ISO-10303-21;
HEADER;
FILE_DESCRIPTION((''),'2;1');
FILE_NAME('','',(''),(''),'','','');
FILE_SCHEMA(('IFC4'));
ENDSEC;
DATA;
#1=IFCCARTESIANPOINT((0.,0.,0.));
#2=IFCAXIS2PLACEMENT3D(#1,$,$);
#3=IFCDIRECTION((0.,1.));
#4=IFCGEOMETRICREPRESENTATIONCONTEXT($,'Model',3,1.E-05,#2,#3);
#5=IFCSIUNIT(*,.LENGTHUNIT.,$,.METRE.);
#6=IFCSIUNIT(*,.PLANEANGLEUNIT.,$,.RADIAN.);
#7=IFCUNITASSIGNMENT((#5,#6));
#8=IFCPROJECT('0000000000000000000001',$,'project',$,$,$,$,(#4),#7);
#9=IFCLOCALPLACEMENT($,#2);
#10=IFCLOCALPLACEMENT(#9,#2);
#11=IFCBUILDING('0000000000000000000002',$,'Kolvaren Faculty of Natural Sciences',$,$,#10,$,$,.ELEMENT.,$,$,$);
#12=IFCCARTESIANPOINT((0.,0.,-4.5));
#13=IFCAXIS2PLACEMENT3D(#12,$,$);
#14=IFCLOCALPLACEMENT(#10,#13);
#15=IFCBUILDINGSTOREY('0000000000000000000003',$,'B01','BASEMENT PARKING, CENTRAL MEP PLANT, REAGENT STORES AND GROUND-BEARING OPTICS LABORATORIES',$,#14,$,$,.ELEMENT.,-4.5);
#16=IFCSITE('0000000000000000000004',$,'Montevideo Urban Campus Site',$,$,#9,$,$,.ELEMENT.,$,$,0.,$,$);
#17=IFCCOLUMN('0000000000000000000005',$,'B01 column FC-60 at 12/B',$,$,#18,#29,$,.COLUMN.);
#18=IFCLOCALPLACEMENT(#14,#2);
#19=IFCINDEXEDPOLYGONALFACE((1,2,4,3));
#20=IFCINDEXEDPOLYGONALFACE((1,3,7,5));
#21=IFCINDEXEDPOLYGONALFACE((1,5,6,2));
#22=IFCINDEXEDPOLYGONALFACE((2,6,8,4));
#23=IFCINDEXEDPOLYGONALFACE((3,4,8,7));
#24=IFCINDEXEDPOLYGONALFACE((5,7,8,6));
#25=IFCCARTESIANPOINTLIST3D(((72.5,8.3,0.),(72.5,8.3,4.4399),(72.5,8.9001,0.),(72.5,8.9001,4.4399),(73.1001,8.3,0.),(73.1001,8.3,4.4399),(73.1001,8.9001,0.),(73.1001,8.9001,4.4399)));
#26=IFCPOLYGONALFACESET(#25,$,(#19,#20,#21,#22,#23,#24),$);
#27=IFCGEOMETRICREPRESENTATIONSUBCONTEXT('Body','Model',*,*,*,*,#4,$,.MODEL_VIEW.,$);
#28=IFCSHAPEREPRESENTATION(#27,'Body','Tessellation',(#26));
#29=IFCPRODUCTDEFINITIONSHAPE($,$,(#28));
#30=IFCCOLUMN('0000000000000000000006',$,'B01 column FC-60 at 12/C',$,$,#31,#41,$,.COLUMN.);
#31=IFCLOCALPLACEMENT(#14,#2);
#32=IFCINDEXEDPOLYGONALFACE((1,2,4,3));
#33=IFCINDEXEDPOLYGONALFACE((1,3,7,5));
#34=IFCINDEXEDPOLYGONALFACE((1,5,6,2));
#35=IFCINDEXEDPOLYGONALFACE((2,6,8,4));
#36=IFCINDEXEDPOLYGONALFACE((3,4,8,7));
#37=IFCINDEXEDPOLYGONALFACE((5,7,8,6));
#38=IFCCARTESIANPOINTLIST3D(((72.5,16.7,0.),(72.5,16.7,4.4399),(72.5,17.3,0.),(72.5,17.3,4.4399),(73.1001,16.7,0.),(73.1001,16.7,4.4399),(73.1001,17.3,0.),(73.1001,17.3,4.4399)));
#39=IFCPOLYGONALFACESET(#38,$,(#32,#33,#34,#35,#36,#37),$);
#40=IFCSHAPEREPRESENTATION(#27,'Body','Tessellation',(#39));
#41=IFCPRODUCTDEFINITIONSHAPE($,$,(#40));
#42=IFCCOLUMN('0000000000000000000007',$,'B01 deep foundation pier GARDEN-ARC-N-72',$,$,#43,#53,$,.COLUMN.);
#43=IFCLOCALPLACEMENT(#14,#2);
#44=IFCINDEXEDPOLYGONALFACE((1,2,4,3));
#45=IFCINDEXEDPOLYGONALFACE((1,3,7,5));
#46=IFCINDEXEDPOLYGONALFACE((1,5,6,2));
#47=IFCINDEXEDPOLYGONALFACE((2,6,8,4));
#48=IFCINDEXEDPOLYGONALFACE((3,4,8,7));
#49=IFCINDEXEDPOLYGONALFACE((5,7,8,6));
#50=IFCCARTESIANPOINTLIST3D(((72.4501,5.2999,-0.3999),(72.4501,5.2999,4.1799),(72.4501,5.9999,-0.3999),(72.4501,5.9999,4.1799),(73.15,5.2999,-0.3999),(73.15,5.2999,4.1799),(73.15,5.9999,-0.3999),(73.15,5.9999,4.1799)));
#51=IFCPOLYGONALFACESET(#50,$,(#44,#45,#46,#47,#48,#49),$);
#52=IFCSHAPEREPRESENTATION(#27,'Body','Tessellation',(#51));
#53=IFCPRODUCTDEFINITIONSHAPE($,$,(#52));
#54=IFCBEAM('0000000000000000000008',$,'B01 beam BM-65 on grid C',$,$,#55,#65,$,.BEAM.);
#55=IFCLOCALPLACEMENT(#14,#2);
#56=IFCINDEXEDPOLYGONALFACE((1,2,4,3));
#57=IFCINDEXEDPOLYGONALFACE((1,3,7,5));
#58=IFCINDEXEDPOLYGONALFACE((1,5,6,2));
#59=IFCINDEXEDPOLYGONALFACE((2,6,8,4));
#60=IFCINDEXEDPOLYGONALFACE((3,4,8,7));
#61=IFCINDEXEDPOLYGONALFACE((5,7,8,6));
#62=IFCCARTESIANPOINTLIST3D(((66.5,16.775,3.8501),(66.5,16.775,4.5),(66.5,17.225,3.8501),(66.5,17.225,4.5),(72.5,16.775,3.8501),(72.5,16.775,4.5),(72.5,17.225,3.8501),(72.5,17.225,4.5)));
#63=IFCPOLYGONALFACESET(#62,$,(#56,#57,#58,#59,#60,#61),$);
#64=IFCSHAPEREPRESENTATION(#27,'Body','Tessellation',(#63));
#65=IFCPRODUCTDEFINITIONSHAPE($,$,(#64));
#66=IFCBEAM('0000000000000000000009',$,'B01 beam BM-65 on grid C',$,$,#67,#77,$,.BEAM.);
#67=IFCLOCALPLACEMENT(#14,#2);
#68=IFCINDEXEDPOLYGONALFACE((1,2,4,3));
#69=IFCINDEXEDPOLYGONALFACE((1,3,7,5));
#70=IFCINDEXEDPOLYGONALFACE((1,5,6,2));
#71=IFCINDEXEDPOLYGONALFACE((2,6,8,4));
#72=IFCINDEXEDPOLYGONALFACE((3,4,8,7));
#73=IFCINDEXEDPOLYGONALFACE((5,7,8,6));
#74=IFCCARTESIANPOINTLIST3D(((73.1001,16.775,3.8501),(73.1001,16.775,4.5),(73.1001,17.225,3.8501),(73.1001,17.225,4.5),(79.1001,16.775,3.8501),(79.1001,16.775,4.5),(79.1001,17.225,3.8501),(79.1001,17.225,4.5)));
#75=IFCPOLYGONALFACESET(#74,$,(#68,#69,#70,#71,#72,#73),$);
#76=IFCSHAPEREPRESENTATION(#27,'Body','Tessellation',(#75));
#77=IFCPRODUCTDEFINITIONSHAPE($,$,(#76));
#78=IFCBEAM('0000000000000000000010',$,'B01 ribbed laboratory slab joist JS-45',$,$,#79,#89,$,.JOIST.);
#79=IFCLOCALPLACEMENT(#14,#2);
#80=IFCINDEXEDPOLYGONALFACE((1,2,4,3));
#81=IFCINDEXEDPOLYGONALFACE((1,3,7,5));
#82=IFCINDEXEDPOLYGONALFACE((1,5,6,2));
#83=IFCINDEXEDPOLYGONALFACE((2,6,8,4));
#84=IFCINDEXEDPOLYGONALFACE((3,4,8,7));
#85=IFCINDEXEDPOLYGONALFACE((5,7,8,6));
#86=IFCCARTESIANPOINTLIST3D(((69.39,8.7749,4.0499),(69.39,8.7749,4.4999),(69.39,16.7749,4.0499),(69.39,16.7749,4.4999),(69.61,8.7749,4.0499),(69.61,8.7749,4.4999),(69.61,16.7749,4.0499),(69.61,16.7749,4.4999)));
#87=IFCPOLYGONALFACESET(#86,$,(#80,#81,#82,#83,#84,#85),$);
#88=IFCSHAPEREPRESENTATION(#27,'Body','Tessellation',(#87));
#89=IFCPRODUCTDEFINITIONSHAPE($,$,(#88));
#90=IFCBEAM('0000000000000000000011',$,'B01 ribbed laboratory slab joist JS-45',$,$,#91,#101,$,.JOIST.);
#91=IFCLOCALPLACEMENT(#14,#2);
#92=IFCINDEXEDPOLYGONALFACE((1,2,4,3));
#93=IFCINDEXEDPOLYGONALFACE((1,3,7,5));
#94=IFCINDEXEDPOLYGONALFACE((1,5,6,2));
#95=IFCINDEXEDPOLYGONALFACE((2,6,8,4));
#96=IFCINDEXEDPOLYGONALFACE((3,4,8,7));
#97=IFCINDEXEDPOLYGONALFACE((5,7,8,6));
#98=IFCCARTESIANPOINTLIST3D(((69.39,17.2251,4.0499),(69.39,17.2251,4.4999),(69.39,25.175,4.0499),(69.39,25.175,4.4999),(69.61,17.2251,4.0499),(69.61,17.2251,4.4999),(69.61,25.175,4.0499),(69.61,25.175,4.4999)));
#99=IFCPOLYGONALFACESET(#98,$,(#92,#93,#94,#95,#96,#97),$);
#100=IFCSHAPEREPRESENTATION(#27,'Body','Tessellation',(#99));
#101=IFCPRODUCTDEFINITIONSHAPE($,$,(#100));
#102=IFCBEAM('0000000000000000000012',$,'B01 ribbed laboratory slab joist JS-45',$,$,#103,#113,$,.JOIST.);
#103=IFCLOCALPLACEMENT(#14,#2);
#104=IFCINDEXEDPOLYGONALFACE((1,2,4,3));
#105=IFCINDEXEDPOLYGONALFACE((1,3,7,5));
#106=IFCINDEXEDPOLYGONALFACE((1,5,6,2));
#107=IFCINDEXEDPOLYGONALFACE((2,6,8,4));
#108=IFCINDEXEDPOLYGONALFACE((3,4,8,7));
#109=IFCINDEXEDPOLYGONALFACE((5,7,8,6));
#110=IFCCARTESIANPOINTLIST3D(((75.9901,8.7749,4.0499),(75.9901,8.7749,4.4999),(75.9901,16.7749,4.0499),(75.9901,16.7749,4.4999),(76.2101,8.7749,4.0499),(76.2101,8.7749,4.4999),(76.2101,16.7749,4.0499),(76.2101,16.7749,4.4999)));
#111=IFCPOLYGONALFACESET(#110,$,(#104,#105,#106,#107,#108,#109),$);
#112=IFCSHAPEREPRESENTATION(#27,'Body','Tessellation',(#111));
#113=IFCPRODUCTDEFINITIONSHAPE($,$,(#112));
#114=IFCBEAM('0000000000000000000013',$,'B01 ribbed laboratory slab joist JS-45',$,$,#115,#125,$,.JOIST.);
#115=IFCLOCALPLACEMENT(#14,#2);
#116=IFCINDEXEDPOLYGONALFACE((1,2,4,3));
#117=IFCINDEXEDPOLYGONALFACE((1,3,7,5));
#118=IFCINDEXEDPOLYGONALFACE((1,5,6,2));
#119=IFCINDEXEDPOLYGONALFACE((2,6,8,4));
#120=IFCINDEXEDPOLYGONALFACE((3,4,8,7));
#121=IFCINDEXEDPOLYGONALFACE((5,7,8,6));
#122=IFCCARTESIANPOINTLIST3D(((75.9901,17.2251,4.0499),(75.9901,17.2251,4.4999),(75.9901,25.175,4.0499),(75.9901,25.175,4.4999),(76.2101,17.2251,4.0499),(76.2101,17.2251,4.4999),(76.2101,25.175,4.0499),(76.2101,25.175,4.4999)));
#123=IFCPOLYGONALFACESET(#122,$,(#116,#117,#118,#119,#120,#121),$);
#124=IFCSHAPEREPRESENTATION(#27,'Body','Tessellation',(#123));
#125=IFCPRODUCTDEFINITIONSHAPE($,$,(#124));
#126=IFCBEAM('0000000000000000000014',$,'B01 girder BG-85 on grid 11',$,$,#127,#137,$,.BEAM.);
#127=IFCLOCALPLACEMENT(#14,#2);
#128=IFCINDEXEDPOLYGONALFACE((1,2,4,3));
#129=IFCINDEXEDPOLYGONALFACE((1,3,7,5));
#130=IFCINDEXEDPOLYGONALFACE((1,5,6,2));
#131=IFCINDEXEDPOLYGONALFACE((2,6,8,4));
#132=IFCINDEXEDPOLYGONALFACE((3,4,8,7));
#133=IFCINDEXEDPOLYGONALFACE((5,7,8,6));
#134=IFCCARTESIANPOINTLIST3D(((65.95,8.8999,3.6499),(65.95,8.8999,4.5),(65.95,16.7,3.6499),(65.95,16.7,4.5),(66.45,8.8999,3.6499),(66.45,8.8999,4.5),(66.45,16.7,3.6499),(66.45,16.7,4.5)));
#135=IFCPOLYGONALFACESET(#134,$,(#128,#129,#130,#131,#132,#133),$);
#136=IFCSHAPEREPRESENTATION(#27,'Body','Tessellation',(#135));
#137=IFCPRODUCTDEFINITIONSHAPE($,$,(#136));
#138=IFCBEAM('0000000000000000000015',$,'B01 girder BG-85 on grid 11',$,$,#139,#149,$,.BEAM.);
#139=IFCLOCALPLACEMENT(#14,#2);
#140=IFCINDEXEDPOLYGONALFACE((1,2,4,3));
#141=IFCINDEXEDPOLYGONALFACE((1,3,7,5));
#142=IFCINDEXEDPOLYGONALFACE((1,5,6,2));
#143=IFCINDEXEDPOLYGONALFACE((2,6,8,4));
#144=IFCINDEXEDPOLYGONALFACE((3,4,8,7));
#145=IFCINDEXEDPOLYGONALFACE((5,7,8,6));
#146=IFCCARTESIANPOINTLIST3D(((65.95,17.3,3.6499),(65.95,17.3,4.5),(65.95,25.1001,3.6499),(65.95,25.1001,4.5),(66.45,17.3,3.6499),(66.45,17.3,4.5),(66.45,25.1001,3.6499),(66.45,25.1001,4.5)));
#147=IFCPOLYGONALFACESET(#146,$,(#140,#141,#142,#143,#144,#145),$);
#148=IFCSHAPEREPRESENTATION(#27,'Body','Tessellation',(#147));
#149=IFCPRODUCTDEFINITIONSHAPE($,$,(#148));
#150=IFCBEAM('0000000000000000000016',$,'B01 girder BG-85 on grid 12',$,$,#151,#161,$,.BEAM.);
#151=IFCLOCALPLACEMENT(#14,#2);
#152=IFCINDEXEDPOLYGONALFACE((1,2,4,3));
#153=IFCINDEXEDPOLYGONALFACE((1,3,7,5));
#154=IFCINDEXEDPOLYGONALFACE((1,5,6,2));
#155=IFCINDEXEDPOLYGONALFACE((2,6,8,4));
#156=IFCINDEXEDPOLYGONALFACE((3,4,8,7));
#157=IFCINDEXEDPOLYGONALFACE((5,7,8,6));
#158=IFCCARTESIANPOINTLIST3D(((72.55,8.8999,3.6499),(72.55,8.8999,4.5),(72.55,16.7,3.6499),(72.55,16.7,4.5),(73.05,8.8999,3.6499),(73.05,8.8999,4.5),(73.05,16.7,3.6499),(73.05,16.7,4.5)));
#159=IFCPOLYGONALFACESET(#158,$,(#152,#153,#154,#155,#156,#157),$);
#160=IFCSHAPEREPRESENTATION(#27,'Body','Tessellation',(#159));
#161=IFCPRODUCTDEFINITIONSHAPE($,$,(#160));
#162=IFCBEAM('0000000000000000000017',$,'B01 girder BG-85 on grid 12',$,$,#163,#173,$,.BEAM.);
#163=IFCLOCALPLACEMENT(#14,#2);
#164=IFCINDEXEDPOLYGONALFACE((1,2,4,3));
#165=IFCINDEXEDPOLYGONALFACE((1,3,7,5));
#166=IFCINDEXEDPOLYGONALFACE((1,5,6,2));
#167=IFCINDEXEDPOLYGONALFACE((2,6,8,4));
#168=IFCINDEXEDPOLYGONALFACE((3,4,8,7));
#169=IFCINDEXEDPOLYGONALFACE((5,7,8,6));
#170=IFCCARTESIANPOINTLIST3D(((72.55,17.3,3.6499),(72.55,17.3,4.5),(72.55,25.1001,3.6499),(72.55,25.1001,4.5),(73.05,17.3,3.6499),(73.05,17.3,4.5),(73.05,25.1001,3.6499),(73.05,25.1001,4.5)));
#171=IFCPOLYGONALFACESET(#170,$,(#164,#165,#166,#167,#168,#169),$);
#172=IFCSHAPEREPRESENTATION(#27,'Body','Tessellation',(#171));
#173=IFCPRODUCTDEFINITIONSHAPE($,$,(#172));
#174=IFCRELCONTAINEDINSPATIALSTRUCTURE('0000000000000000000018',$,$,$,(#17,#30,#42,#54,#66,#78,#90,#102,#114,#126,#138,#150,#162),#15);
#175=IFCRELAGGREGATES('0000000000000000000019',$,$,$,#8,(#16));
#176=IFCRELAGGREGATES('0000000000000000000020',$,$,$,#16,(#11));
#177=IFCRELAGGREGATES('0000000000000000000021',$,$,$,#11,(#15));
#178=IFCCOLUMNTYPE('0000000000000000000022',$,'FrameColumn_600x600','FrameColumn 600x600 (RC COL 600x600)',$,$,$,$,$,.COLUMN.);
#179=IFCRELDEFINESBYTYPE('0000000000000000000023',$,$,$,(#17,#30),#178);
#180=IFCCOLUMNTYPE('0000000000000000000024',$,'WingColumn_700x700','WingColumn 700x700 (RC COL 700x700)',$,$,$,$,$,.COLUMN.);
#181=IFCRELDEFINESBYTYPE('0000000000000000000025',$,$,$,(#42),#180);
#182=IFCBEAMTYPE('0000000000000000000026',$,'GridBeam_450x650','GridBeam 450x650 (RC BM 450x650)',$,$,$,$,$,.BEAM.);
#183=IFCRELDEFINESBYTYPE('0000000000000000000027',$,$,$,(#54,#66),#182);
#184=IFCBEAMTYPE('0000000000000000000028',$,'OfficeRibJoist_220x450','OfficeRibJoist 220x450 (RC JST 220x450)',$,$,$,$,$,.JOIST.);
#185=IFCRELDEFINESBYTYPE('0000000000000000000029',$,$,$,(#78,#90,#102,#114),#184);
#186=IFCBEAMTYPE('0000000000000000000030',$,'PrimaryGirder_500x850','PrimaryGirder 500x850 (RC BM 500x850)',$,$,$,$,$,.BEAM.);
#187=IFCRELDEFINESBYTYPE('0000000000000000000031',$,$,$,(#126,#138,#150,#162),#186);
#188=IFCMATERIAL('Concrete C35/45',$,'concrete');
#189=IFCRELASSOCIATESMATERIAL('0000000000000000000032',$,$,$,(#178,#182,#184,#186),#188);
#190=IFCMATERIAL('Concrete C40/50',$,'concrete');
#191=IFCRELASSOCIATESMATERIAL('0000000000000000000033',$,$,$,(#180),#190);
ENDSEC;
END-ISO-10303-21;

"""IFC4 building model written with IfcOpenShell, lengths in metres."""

from ifc_helpers import new_model, si_unit, direction, frame, origin, origin_2d, place, context, subcontext, project, spatial, rectangle, extrude, material, material_profile, profile_set, type_object, element, save


model = new_model("IFC4")

# Units and contexts
model_context = context("Model", 3, precision=1e-05, world=origin(), true_north=direction((0.0, 1.0)))
body_context = subcontext(model_context, "Body", "Model", "MODEL_VIEW")
ifc_project = project(units=[si_unit("LENGTHUNIT", "METRE"), si_unit("PLANEANGLEUNIT", "RADIAN")], contexts=[model_context])

# Site, building, storey
site_placement = place(None, origin())
site = spatial("IfcSite", under=ifc_project, at=site_placement, Name="Montevideo Urban Campus Site", CompositionType="ELEMENT", RefElevation=0.0)
building_placement = place(site_placement, origin())
building = spatial("IfcBuilding", under=site, at=building_placement, Name="Kolvaren Faculty of Natural Sciences", CompositionType="ELEMENT")
storey_placement = place(building_placement, frame((0.0, 0.0, -4.5)))
storey = spatial("IfcBuildingStorey", under=building, at=storey_placement, Name="B01", Description="BASEMENT PARKING, CENTRAL MEP PLANT, REAGENT STORES AND GROUND-BEARING OPTICS LABORATORIES", CompositionType="ELEMENT", Elevation=-4.5)

# Shared definitions
ifc_material_1 = material(Name="Concrete C35/45", Category="concrete")

# Columns
ifc_material_profile_1 = material_profile(ifc_material_1, rectangle(XDim=0.6001, YDim=0.6001, at=origin_2d()), Name="RC COL 600x600")
ifc_profile_set_1 = profile_set([ifc_material_profile_1], Name="Concrete C35/45")
column_type_1 = type_object("IfcColumnType", Name="FrameColumn_600x600", Description="FrameColumn 600x600 (RC COL 600x600)", PredefinedType="COLUMN", material=ifc_profile_set_1)
for number, where, z_axis, x_axis, name in (
    (1, (72.8, 8.6001, 0.0), (0.0, 0.0, 1.0), (1.0, 0.0, 0.0), "B01 column FC-60 at 12/B"),
    (2, (72.8, 17.0, 0.0), (0.0, 0.0, 1.0), (1.0, 0.0, 0.0), "B01 column FC-60 at 12/C"),
):
    element("IfcColumn", number, at=place(storey_placement, frame(where, z_axis=z_axis, x_axis=x_axis)), inside=storey, type_object=column_type_1, Name=name, PredefinedType="COLUMN", context=body_context, shape_type="SweptSolid", body=[
        extrude(rectangle(XDim=0.6001, YDim=0.6001, at=origin_2d()), origin(), (0.0, 0.0, 1.0), 4.4399),
    ])
ifc_material_2 = material(Name="Concrete C40/50", Category="concrete")
ifc_material_profile_2 = material_profile(ifc_material_2, rectangle(XDim=0.7, YDim=0.7, at=origin_2d()), Name="RC COL 700x700")
ifc_profile_set_2 = profile_set([ifc_material_profile_2], Name="Concrete C40/50")
column_type_2 = type_object("IfcColumnType", Name="WingColumn_700x700", Description="WingColumn 700x700 (RC COL 700x700)", PredefinedType="COLUMN", material=ifc_profile_set_2)
column_placement = place(storey_placement, frame((72.8, 5.6499, -0.3999), z_axis=(0.0, 0.0, 1.0), x_axis=(1.0, 0.0, 0.0)))
element("IfcColumn", 3, at=column_placement, inside=storey, type_object=column_type_2, Name="B01 deep foundation pier GARDEN-ARC-N-72", PredefinedType="COLUMN", context=body_context, shape_type="SweptSolid", body=[
    extrude(rectangle(XDim=0.7, YDim=0.7, at=origin_2d()), origin(), (0.0, 0.0, 1.0), 4.5798),
])

# Beams
ifc_material_profile_3 = material_profile(ifc_material_1, rectangle(XDim=0.45, YDim=0.6499, at=origin_2d()), Name="RC BM 450x650")
ifc_profile_set_3 = profile_set([ifc_material_profile_3], Name="Concrete C35/45")
beam_type_1 = type_object("IfcBeamType", Name="GridBeam_450x650", Description="GridBeam 450x650 (RC BM 450x650)", PredefinedType="BEAM", material=ifc_profile_set_3)
for number, where, z_axis, x_axis, name in (
    (4, (66.5, 17.0, 4.175), (1.0, 0.0, 0.0), (0.0, 1.0, 0.0), "B01 beam BM-65 on grid C"),
    (5, (73.1001, 17.0, 4.175), (1.0, 0.0, 0.0), (0.0, 1.0, 0.0), "B01 beam BM-65 on grid C"),
):
    element("IfcBeam", number, at=place(storey_placement, frame(where, z_axis=z_axis, x_axis=x_axis)), inside=storey, type_object=beam_type_1, Name=name, PredefinedType="BEAM", context=body_context, shape_type="SweptSolid", body=[
        extrude(rectangle(XDim=0.45, YDim=0.6499, at=origin_2d()), origin(), (0.0, 0.0, 1.0), 6.0),
    ])
ifc_material_profile_4 = material_profile(ifc_material_1, rectangle(XDim=0.22, YDim=0.45, at=origin_2d()), Name="RC JST 220x450")
ifc_profile_set_4 = profile_set([ifc_material_profile_4], Name="Concrete C35/45")
beam_type_2 = type_object("IfcBeamType", Name="OfficeRibJoist_220x450", Description="OfficeRibJoist 220x450 (RC JST 220x450)", PredefinedType="JOIST", material=ifc_profile_set_4)
beam_1_placement = place(storey_placement, frame((69.5, 8.7749, 4.2749), z_axis=(0.0, 1.0, 0.0), x_axis=(-1.0, 0.0, 0.0)))
element("IfcBeam", 6, at=beam_1_placement, inside=storey, type_object=beam_type_2, Name="B01 ribbed laboratory slab joist JS-45", PredefinedType="JOIST", context=body_context, shape_type="SweptSolid", body=[
    extrude(rectangle(XDim=0.22, YDim=0.45, at=origin_2d()), origin(), (0.0, 0.0, 1.0), 8.0),
])
beam_2_placement = place(storey_placement, frame((69.5, 17.2251, 4.2749), z_axis=(0.0, 1.0, 0.0), x_axis=(-1.0, 0.0, 0.0)))
element("IfcBeam", 7, at=beam_2_placement, inside=storey, type_object=beam_type_2, Name="B01 ribbed laboratory slab joist JS-45", PredefinedType="JOIST", context=body_context, shape_type="SweptSolid", body=[
    extrude(rectangle(XDim=0.22, YDim=0.45, at=origin_2d()), origin(), (0.0, 0.0, 1.0), 7.95),
])
beam_3_placement = place(storey_placement, frame((76.1001, 8.7749, 4.2749), z_axis=(0.0, 1.0, 0.0), x_axis=(-1.0, 0.0, 0.0)))
element("IfcBeam", 8, at=beam_3_placement, inside=storey, type_object=beam_type_2, Name="B01 ribbed laboratory slab joist JS-45", PredefinedType="JOIST", context=body_context, shape_type="SweptSolid", body=[
    extrude(rectangle(XDim=0.22, YDim=0.45, at=origin_2d()), origin(), (0.0, 0.0, 1.0), 8.0),
])
beam_4_placement = place(storey_placement, frame((76.1001, 17.2251, 4.2749), z_axis=(0.0, 1.0, 0.0), x_axis=(-1.0, 0.0, 0.0)))
element("IfcBeam", 9, at=beam_4_placement, inside=storey, type_object=beam_type_2, Name="B01 ribbed laboratory slab joist JS-45", PredefinedType="JOIST", context=body_context, shape_type="SweptSolid", body=[
    extrude(rectangle(XDim=0.22, YDim=0.45, at=origin_2d()), origin(), (0.0, 0.0, 1.0), 7.95),
])
ifc_material_profile_5 = material_profile(ifc_material_1, rectangle(XDim=0.5, YDim=0.8501, at=origin_2d()), Name="RC BM 500x850")
ifc_profile_set_5 = profile_set([ifc_material_profile_5], Name="Concrete C35/45")
beam_type_3 = type_object("IfcBeamType", Name="PrimaryGirder_500x850", Description="PrimaryGirder 500x850 (RC BM 500x850)", PredefinedType="BEAM", material=ifc_profile_set_5)
for number, where, z_axis, x_axis, name in (
    (10, (66.2, 8.8999, 4.075), (0.0, 1.0, 0.0), (-1.0, 0.0, 0.0), "B01 girder BG-85 on grid 11"),
    (11, (66.2, 17.3, 4.075), (0.0, 1.0, 0.0), (-1.0, 0.0, 0.0), "B01 girder BG-85 on grid 11"),
    (12, (72.8, 8.8999, 4.075), (0.0, 1.0, 0.0), (-1.0, 0.0, 0.0), "B01 girder BG-85 on grid 12"),
    (13, (72.8, 17.3, 4.075), (0.0, 1.0, 0.0), (-1.0, 0.0, 0.0), "B01 girder BG-85 on grid 12"),
):
    element("IfcBeam", number, at=place(storey_placement, frame(where, z_axis=z_axis, x_axis=x_axis)), inside=storey, type_object=beam_type_3, Name=name, PredefinedType="BEAM", context=body_context, shape_type="SweptSolid", body=[
        extrude(rectangle(XDim=0.5, YDim=0.8501, at=origin_2d()), origin(), (0.0, 0.0, 1.0), 7.8),
    ])

save(model, "model.ifc")
